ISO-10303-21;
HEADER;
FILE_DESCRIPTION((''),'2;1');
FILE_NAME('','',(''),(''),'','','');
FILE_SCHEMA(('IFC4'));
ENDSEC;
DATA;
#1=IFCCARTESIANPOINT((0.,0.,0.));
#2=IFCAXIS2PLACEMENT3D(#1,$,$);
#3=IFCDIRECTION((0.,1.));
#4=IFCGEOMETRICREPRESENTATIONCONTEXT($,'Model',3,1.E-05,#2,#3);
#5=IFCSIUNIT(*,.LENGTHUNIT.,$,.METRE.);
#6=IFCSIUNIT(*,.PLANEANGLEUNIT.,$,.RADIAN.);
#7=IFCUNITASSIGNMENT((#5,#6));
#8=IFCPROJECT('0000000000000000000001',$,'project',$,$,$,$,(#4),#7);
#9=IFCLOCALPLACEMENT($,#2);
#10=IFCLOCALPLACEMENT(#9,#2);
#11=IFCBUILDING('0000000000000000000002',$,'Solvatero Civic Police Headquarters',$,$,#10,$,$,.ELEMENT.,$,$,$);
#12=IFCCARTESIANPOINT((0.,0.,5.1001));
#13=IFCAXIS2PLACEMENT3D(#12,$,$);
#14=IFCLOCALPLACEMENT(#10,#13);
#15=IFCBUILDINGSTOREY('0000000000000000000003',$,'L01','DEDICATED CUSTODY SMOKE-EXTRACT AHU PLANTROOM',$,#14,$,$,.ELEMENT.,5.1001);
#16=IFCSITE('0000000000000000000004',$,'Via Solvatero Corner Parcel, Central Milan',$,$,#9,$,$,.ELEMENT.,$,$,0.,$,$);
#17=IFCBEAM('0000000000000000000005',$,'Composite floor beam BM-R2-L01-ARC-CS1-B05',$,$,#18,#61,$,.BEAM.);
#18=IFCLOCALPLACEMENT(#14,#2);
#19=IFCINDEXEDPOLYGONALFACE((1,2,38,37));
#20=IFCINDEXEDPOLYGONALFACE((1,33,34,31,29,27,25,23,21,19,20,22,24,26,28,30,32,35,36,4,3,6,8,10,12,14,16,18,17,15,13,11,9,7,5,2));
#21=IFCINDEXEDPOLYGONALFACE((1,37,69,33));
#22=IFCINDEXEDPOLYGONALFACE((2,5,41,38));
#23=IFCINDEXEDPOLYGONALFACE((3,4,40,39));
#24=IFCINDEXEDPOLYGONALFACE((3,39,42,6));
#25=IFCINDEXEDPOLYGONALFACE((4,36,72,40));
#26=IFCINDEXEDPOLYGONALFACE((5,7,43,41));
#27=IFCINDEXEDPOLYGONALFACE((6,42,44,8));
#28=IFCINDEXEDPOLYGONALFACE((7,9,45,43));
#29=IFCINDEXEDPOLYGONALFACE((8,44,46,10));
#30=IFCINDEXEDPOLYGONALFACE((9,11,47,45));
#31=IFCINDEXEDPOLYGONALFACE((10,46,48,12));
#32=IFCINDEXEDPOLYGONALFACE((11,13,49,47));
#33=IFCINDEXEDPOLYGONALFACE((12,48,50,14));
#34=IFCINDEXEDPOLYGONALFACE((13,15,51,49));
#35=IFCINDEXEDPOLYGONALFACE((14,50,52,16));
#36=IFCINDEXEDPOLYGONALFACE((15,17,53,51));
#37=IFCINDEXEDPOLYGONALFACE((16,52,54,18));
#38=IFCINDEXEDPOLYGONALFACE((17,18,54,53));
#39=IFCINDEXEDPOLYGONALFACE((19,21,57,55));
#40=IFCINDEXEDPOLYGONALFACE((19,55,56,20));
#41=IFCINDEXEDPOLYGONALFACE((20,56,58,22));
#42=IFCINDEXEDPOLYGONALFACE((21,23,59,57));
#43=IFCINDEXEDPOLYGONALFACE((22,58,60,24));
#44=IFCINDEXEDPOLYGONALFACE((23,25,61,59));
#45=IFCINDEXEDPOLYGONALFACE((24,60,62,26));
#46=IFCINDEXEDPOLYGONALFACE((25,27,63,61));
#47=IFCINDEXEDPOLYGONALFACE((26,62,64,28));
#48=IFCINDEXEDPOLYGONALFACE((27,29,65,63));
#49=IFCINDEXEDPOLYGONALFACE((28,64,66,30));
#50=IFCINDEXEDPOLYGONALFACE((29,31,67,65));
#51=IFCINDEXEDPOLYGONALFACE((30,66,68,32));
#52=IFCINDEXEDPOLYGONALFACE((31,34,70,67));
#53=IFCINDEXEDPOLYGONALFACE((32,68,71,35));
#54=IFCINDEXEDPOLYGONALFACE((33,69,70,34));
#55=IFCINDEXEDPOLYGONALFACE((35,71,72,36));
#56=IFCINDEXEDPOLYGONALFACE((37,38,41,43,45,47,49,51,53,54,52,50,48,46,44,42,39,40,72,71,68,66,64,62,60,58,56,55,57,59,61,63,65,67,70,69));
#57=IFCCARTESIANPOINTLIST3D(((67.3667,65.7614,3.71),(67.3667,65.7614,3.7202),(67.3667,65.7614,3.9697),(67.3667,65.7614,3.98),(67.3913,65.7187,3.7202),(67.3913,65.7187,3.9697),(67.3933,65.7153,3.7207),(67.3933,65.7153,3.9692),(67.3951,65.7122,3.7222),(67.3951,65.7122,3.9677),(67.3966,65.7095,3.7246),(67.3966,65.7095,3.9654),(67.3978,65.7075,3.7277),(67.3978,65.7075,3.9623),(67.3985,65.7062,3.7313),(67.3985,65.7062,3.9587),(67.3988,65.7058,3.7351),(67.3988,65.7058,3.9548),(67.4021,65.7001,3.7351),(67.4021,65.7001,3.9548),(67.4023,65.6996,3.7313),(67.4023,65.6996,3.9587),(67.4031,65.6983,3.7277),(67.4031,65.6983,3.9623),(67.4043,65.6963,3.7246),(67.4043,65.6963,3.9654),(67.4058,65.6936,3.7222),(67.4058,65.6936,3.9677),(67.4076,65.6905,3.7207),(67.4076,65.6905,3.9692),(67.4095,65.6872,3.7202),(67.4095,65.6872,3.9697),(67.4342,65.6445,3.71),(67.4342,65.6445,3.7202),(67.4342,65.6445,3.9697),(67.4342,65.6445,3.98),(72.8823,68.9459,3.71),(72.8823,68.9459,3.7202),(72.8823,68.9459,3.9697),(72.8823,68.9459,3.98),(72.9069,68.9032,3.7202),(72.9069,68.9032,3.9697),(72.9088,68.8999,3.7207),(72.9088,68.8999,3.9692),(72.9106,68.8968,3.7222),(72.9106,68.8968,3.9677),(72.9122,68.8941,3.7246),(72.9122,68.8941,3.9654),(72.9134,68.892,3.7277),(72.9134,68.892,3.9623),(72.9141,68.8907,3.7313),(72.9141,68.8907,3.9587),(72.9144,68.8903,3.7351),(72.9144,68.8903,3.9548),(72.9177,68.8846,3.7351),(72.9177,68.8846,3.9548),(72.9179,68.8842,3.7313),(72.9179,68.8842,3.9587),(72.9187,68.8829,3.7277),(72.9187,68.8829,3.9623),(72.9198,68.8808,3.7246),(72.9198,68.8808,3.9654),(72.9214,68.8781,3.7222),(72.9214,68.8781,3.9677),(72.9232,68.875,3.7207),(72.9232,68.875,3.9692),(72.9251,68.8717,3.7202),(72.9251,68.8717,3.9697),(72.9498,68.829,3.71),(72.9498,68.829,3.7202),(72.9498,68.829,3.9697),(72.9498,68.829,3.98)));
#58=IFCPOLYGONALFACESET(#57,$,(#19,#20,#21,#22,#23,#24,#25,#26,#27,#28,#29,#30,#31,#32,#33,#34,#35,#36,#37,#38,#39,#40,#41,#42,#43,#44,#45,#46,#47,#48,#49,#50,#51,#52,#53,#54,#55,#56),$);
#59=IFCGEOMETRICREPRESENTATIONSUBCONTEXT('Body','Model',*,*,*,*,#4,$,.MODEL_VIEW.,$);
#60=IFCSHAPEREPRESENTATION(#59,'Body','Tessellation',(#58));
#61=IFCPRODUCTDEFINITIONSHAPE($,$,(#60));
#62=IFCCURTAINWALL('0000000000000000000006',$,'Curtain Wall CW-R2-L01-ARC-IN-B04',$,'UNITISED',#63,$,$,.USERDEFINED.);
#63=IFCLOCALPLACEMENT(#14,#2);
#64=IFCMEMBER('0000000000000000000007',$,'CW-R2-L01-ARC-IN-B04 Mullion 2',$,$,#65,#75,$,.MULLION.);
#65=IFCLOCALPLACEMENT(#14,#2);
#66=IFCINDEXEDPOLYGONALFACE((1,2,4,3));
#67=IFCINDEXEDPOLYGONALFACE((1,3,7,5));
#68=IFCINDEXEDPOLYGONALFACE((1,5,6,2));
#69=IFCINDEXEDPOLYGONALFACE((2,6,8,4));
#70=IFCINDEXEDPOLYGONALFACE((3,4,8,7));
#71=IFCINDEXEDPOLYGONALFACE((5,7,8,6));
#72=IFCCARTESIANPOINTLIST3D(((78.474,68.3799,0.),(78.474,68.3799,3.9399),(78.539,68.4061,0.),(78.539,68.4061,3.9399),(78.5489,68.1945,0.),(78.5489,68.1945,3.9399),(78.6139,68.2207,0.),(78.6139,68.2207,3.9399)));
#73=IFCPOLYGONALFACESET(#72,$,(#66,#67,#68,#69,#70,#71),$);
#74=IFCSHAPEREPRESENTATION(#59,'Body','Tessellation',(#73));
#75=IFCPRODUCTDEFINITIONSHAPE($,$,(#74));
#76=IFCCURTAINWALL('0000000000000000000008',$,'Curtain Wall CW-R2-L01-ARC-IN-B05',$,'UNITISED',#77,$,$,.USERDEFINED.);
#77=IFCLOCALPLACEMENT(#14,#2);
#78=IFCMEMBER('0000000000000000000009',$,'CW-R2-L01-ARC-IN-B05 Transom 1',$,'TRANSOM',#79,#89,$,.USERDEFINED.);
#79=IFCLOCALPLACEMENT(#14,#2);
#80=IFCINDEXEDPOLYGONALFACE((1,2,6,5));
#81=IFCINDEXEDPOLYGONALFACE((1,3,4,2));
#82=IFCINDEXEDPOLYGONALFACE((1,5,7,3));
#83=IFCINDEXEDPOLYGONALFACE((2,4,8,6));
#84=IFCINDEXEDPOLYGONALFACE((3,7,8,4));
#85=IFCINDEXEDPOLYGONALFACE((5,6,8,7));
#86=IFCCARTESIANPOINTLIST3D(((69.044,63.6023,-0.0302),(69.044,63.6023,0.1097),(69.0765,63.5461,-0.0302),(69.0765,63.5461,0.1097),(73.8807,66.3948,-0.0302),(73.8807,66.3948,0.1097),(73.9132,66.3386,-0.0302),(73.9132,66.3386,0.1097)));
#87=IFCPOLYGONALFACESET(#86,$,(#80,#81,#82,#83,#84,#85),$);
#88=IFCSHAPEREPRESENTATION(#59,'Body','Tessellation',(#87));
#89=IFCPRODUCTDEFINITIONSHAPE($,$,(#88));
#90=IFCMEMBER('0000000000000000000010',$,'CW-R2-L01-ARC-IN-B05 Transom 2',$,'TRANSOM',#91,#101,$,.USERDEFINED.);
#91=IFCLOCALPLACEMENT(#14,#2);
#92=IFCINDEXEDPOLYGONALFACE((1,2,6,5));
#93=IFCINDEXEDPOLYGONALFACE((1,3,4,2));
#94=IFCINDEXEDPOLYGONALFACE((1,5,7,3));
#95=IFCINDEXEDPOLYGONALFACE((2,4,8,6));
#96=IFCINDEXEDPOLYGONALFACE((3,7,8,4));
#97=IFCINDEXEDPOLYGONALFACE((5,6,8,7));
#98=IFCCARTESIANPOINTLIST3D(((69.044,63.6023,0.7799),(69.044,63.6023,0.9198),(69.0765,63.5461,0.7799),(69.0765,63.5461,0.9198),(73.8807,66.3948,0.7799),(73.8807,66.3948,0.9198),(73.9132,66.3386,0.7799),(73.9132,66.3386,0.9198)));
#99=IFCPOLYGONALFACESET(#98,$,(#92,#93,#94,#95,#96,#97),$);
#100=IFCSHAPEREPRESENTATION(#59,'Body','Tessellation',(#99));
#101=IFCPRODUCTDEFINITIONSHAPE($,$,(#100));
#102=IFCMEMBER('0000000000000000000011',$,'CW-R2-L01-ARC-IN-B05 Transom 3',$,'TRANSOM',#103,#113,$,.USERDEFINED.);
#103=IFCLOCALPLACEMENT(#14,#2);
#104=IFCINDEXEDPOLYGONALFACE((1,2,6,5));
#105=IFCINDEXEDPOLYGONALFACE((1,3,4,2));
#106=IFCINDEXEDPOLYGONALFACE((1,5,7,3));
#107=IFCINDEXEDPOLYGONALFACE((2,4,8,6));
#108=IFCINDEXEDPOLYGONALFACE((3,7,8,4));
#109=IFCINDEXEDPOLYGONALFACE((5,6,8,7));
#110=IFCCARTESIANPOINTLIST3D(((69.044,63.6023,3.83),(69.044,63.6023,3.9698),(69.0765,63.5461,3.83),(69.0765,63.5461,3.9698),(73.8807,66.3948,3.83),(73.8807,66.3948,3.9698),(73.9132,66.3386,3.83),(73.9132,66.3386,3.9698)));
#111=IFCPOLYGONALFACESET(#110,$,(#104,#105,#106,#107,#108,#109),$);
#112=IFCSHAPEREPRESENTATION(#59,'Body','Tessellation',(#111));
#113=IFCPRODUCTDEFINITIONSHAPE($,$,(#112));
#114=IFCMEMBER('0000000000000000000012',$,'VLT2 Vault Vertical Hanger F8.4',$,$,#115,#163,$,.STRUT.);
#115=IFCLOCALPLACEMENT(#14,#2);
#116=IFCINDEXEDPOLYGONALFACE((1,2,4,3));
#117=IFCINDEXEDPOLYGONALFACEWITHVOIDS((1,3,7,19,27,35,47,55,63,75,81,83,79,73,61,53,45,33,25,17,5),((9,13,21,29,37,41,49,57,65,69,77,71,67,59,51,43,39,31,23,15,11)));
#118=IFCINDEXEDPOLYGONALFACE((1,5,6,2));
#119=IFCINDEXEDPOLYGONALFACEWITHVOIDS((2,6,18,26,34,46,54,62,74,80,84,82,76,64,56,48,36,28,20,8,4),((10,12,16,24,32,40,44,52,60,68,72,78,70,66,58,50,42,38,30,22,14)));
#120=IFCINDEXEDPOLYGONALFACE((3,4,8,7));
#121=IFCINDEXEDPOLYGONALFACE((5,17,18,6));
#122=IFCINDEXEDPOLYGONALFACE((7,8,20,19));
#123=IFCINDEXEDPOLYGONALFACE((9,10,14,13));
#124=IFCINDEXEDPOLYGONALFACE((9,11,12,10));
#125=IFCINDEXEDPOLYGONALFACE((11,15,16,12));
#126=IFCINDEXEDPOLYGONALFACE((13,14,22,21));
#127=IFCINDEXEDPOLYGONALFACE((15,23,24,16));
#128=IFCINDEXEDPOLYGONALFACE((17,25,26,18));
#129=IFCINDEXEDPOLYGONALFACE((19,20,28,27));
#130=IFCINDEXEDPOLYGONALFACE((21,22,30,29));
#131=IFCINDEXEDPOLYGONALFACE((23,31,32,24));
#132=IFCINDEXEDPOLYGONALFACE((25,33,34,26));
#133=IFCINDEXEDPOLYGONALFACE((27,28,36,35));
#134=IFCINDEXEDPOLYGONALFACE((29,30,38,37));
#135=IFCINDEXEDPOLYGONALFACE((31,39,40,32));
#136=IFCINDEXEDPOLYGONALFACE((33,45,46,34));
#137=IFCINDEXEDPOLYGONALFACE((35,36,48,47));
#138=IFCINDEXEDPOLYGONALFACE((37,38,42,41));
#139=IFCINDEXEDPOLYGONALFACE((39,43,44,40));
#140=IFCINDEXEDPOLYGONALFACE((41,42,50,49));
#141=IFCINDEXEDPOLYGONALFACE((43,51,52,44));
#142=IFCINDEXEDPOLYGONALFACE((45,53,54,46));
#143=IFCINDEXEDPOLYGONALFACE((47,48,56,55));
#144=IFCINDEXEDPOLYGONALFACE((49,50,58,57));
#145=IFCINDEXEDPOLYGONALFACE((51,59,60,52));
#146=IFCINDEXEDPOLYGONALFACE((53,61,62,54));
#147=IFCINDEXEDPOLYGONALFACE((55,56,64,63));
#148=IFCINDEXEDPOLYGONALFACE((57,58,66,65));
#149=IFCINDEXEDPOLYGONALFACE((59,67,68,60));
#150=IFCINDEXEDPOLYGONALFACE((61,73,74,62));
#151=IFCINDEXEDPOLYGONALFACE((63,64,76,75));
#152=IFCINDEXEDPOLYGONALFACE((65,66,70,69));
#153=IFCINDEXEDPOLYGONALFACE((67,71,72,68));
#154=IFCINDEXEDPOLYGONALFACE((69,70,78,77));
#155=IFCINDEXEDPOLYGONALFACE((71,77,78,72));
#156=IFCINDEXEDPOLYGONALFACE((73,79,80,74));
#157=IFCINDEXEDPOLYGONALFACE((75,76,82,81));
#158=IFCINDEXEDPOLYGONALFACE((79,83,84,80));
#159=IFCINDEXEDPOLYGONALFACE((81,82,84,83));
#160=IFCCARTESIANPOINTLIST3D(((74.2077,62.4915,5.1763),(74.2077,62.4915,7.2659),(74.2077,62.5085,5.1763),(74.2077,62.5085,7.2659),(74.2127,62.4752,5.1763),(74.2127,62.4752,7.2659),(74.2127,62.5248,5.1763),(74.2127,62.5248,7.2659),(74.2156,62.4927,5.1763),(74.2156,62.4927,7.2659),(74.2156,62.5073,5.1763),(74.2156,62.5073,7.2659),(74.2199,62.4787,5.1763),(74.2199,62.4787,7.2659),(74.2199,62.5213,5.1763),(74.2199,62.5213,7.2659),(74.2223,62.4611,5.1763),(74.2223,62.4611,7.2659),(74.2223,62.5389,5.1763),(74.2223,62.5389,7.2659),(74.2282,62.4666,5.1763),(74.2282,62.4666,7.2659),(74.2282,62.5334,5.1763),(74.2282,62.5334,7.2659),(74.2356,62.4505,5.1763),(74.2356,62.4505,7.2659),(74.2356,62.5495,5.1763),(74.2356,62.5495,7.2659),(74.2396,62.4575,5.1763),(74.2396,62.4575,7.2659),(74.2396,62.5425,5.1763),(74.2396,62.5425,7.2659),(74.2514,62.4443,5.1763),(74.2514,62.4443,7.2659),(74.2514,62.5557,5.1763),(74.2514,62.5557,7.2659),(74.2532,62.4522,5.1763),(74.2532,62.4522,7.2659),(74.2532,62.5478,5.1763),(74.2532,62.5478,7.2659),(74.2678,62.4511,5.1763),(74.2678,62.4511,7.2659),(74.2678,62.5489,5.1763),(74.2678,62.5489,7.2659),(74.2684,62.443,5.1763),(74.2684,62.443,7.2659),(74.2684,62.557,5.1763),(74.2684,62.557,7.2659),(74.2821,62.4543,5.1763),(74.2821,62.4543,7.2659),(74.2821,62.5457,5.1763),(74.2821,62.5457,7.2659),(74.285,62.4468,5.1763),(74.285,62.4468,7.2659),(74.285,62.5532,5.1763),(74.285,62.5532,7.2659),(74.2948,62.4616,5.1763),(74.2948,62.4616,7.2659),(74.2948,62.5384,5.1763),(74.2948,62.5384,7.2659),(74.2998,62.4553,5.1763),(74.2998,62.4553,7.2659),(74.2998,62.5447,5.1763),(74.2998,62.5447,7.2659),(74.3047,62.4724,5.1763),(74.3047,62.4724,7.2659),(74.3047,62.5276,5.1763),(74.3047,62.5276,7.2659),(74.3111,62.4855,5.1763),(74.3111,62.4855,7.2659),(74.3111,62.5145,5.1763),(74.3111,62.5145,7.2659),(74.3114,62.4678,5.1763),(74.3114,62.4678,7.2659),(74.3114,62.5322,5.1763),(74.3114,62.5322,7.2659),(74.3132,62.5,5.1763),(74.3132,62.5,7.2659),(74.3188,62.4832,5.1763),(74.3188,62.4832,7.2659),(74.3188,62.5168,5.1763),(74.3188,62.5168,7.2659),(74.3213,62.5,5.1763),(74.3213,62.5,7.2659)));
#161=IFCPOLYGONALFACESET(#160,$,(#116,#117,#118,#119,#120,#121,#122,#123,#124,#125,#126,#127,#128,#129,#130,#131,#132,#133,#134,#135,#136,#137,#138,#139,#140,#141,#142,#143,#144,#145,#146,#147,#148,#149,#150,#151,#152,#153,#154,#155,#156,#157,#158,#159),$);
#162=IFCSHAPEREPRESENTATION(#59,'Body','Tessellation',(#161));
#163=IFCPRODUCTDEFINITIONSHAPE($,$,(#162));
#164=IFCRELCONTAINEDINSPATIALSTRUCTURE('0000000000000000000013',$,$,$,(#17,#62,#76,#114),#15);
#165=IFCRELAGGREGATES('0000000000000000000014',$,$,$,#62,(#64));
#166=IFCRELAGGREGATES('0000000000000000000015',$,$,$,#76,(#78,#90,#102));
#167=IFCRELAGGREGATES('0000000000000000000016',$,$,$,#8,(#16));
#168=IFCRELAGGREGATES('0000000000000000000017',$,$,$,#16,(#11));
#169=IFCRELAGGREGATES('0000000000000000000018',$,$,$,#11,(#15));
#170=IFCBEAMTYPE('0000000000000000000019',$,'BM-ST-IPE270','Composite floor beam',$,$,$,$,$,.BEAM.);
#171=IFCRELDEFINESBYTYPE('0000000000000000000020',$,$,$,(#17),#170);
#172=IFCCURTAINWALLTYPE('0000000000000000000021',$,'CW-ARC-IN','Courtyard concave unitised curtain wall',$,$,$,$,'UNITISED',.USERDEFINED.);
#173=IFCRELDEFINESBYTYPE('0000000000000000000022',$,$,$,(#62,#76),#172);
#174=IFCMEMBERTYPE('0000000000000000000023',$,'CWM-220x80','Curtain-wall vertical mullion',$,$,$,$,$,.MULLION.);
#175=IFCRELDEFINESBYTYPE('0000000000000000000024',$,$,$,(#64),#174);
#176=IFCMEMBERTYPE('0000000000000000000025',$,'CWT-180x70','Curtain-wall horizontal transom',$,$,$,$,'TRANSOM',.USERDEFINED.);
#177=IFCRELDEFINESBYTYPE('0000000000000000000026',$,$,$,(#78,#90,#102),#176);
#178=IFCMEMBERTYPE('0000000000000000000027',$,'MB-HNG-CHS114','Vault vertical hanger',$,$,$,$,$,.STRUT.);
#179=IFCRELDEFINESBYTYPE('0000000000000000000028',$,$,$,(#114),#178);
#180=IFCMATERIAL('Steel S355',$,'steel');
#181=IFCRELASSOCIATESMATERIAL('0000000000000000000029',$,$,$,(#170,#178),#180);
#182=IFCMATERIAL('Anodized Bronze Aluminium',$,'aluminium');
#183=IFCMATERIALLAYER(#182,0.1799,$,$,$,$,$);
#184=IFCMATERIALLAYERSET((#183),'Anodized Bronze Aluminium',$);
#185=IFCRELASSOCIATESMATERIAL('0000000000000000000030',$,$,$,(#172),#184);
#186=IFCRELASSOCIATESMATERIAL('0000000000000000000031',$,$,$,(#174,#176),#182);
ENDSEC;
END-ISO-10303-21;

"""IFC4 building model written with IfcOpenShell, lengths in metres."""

from ifc_helpers import new_model, si_unit, direction, frame, origin, origin_2d, place, context, subcontext, project, spatial, rectangle, hollow_circle, i_section, extrude, material, layer, layer_set, material_profile, profile_set, type_object, element, aggregate, save


model = new_model("IFC4")

# Units and contexts
model_context = context("Model", 3, precision=1e-05, world=origin(), true_north=direction((0.0, 1.0)))
body_context = subcontext(model_context, "Body", "Model", "MODEL_VIEW")
ifc_project = project(units=[si_unit("LENGTHUNIT", "METRE"), si_unit("PLANEANGLEUNIT", "RADIAN")], contexts=[model_context])

# Site, building, storey
site_placement = place(None, origin())
site = spatial("IfcSite", under=ifc_project, at=site_placement, Name="Via Solvatero Corner Parcel, Central Milan", CompositionType="ELEMENT", RefElevation=0.0)
building_placement = place(site_placement, origin())
building = spatial("IfcBuilding", under=site, at=building_placement, Name="Solvatero Civic Police Headquarters", CompositionType="ELEMENT")
storey_placement = place(building_placement, frame((0.0, 0.0, 5.1001)))
storey = spatial("IfcBuildingStorey", under=building, at=storey_placement, Name="L01", Description="DEDICATED CUSTODY SMOKE-EXTRACT AHU PLANTROOM", CompositionType="ELEMENT", Elevation=5.1001)

# Beam
ifc_material_1 = material(Name="Steel S355", Category="steel")
ifc_material_profile_1 = material_profile(ifc_material_1, i_section(OverallWidth=0.135, OverallDepth=0.27, WebThickness=0.0066, FlangeThickness=0.0103, FilletRadius=0.0149, at=origin_2d()), Name="IPE 270")
ifc_profile_set_1 = profile_set([ifc_material_profile_1], Name="Steel S355")
beam_type_1 = type_object("IfcBeamType", Name="BM-ST-IPE270", Description="Composite floor beam", PredefinedType="BEAM", material=ifc_profile_set_1)
beam_1_placement = place(storey_placement, frame((72.916, 68.8875, 3.845), z_axis=(-0.866017, -0.500014, 0.0), x_axis=(0.500014, -0.866017, 0.0)))
element("IfcBeam", 1, at=beam_1_placement, inside=storey, type_object=beam_type_1, Name="Composite floor beam BM-R2-L01-ARC-CS1-B05", PredefinedType="BEAM", context=body_context, shape_type="SweptSolid", body=[
    extrude(i_section(OverallWidth=0.135, OverallDepth=0.27, WebThickness=0.0066, FlangeThickness=0.0103, FilletRadius=0.0149, at=origin_2d()), origin(), (0.0, 0.0, 1.0), 6.3689),
])

# Curtain wall, member
ifc_material_2 = material(Name="Anodized Bronze Aluminium", Category="aluminium")
ifc_layer_1 = layer(ifc_material_2, 0.1799)
ifc_layer_set_1 = layer_set([ifc_layer_1], Name="Anodized Bronze Aluminium")
curtain_wall_type = type_object("IfcCurtainWallType", Name="CW-ARC-IN", Description="Courtyard concave unitised curtain wall", ElementType="UNITISED", PredefinedType="USERDEFINED", material=ifc_layer_set_1)
curtain_wall_1_placement = place(storey_placement, origin())
curtain_wall_1 = element("IfcCurtainWall", 2, at=curtain_wall_1_placement, inside=storey, type_object=curtain_wall_type, Name="Curtain Wall CW-R2-L01-ARC-IN-B04", ObjectType="UNITISED", PredefinedType="USERDEFINED")
ifc_material_profile_2 = material_profile(ifc_material_2, rectangle(XDim=0.0701, YDim=0.2, at=origin_2d()), Name="ALU MULLION 70x200")
ifc_profile_set_2 = profile_set([ifc_material_profile_2], Name="Anodized Bronze Aluminium")
member_type_1 = type_object("IfcMemberType", Name="CWM-220x80", Description="Curtain-wall vertical mullion", PredefinedType="MULLION", material=ifc_profile_set_2)
member_1_placement = place(storey_placement, frame((78.5439, 68.3003, 0.0), z_axis=(0.0, 0.0, 1.0), x_axis=(-0.927184, -0.374607, 0.0)))
member_1 = element("IfcMember", 3, at=member_1_placement, type_object=member_type_1, Name="CW-R2-L01-ARC-IN-B04 Mullion 2", PredefinedType="MULLION", context=body_context, shape_type="SweptSolid", body=[
    extrude(rectangle(XDim=0.0701, YDim=0.2, at=origin_2d()), origin(), (0.0, 0.0, 1.0), 3.9399),
])

# Curtain wall, members
curtain_wall_2_placement = place(storey_placement, origin())
curtain_wall_2 = element("IfcCurtainWall", 4, at=curtain_wall_2_placement, inside=storey, type_object=curtain_wall_type, Name="Curtain Wall CW-R2-L01-ARC-IN-B05", ObjectType="UNITISED", PredefinedType="USERDEFINED")
ifc_material_profile_3 = material_profile(ifc_material_2, rectangle(XDim=0.0649, YDim=0.1399, at=origin_2d()), Name="ALU TRANSOM 65x140")
ifc_profile_set_3 = profile_set([ifc_material_profile_3], Name="Anodized Bronze Aluminium")
member_type_2 = type_object("IfcMemberType", Name="CWT-180x70", Description="Curtain-wall horizontal transom", ElementType="TRANSOM", PredefinedType="USERDEFINED", material=ifc_profile_set_3)
member_2_placement = place(storey_placement, frame((73.897, 66.3667, 0.0398), z_axis=(-0.866023, -0.500004, 0.0), x_axis=(0.500004, -0.866023, 0.0)))
member_2 = element("IfcMember", 5, at=member_2_placement, type_object=member_type_2, Name="CW-R2-L01-ARC-IN-B05 Transom 1", ObjectType="TRANSOM", PredefinedType="USERDEFINED", context=body_context, shape_type="SweptSolid", body=[
    extrude(rectangle(XDim=0.0649, YDim=0.1399, at=origin_2d()), origin(), (0.0, 0.0, 1.0), 5.585),
])
member_3_placement = place(storey_placement, frame((73.897, 66.3667, 0.8499), z_axis=(-0.866023, -0.500004, 0.0), x_axis=(0.500004, -0.866023, 0.0)))
member_3 = element("IfcMember", 6, at=member_3_placement, type_object=member_type_2, Name="CW-R2-L01-ARC-IN-B05 Transom 2", ObjectType="TRANSOM", PredefinedType="USERDEFINED", context=body_context, shape_type="SweptSolid", body=[
    extrude(rectangle(XDim=0.0649, YDim=0.1399, at=origin_2d()), origin(), (0.0, 0.0, 1.0), 5.585),
])
member_4_placement = place(storey_placement, frame((73.897, 66.3667, 3.8999), z_axis=(-0.866023, -0.500004, 0.0), x_axis=(0.500004, -0.866023, 0.0)))
member_4 = element("IfcMember", 7, at=member_4_placement, type_object=member_type_2, Name="CW-R2-L01-ARC-IN-B05 Transom 3", ObjectType="TRANSOM", PredefinedType="USERDEFINED", context=body_context, shape_type="SweptSolid", body=[
    extrude(rectangle(XDim=0.0649, YDim=0.1399, at=origin_2d()), origin(), (0.0, 0.0, 1.0), 5.585),
])

# Member
ifc_material_profile_4 = material_profile(ifc_material_1, hollow_circle(Radius=0.0571, WallThickness=0.0081, at=origin_2d()), Name="CHS 114.3x8.0")
ifc_profile_set_4 = profile_set([ifc_material_profile_4], Name="Steel S355")
member_type_3 = type_object("IfcMemberType", Name="MB-HNG-CHS114", Description="Vault vertical hanger", PredefinedType="STRUT", material=ifc_profile_set_4)
member_5_placement = place(storey_placement, frame((74.2642, 62.5, 5.1763), z_axis=(0.0, 0.0, 1.0), x_axis=(1.0, 0.0, 0.0)))
element("IfcMember", 8, at=member_5_placement, inside=storey, type_object=member_type_3, Name="VLT2 Vault Vertical Hanger F8.4", PredefinedType="STRUT", context=body_context, shape_type="SweptSolid", body=[
    extrude(hollow_circle(Radius=0.0571, WallThickness=0.0081, at=origin_2d()), origin(), (0.0, 0.0, 1.0), 2.0896),
])

aggregate(curtain_wall_1, [member_1])
aggregate(curtain_wall_2, [member_2, member_3, member_4])

save(model, "model.ifc")
